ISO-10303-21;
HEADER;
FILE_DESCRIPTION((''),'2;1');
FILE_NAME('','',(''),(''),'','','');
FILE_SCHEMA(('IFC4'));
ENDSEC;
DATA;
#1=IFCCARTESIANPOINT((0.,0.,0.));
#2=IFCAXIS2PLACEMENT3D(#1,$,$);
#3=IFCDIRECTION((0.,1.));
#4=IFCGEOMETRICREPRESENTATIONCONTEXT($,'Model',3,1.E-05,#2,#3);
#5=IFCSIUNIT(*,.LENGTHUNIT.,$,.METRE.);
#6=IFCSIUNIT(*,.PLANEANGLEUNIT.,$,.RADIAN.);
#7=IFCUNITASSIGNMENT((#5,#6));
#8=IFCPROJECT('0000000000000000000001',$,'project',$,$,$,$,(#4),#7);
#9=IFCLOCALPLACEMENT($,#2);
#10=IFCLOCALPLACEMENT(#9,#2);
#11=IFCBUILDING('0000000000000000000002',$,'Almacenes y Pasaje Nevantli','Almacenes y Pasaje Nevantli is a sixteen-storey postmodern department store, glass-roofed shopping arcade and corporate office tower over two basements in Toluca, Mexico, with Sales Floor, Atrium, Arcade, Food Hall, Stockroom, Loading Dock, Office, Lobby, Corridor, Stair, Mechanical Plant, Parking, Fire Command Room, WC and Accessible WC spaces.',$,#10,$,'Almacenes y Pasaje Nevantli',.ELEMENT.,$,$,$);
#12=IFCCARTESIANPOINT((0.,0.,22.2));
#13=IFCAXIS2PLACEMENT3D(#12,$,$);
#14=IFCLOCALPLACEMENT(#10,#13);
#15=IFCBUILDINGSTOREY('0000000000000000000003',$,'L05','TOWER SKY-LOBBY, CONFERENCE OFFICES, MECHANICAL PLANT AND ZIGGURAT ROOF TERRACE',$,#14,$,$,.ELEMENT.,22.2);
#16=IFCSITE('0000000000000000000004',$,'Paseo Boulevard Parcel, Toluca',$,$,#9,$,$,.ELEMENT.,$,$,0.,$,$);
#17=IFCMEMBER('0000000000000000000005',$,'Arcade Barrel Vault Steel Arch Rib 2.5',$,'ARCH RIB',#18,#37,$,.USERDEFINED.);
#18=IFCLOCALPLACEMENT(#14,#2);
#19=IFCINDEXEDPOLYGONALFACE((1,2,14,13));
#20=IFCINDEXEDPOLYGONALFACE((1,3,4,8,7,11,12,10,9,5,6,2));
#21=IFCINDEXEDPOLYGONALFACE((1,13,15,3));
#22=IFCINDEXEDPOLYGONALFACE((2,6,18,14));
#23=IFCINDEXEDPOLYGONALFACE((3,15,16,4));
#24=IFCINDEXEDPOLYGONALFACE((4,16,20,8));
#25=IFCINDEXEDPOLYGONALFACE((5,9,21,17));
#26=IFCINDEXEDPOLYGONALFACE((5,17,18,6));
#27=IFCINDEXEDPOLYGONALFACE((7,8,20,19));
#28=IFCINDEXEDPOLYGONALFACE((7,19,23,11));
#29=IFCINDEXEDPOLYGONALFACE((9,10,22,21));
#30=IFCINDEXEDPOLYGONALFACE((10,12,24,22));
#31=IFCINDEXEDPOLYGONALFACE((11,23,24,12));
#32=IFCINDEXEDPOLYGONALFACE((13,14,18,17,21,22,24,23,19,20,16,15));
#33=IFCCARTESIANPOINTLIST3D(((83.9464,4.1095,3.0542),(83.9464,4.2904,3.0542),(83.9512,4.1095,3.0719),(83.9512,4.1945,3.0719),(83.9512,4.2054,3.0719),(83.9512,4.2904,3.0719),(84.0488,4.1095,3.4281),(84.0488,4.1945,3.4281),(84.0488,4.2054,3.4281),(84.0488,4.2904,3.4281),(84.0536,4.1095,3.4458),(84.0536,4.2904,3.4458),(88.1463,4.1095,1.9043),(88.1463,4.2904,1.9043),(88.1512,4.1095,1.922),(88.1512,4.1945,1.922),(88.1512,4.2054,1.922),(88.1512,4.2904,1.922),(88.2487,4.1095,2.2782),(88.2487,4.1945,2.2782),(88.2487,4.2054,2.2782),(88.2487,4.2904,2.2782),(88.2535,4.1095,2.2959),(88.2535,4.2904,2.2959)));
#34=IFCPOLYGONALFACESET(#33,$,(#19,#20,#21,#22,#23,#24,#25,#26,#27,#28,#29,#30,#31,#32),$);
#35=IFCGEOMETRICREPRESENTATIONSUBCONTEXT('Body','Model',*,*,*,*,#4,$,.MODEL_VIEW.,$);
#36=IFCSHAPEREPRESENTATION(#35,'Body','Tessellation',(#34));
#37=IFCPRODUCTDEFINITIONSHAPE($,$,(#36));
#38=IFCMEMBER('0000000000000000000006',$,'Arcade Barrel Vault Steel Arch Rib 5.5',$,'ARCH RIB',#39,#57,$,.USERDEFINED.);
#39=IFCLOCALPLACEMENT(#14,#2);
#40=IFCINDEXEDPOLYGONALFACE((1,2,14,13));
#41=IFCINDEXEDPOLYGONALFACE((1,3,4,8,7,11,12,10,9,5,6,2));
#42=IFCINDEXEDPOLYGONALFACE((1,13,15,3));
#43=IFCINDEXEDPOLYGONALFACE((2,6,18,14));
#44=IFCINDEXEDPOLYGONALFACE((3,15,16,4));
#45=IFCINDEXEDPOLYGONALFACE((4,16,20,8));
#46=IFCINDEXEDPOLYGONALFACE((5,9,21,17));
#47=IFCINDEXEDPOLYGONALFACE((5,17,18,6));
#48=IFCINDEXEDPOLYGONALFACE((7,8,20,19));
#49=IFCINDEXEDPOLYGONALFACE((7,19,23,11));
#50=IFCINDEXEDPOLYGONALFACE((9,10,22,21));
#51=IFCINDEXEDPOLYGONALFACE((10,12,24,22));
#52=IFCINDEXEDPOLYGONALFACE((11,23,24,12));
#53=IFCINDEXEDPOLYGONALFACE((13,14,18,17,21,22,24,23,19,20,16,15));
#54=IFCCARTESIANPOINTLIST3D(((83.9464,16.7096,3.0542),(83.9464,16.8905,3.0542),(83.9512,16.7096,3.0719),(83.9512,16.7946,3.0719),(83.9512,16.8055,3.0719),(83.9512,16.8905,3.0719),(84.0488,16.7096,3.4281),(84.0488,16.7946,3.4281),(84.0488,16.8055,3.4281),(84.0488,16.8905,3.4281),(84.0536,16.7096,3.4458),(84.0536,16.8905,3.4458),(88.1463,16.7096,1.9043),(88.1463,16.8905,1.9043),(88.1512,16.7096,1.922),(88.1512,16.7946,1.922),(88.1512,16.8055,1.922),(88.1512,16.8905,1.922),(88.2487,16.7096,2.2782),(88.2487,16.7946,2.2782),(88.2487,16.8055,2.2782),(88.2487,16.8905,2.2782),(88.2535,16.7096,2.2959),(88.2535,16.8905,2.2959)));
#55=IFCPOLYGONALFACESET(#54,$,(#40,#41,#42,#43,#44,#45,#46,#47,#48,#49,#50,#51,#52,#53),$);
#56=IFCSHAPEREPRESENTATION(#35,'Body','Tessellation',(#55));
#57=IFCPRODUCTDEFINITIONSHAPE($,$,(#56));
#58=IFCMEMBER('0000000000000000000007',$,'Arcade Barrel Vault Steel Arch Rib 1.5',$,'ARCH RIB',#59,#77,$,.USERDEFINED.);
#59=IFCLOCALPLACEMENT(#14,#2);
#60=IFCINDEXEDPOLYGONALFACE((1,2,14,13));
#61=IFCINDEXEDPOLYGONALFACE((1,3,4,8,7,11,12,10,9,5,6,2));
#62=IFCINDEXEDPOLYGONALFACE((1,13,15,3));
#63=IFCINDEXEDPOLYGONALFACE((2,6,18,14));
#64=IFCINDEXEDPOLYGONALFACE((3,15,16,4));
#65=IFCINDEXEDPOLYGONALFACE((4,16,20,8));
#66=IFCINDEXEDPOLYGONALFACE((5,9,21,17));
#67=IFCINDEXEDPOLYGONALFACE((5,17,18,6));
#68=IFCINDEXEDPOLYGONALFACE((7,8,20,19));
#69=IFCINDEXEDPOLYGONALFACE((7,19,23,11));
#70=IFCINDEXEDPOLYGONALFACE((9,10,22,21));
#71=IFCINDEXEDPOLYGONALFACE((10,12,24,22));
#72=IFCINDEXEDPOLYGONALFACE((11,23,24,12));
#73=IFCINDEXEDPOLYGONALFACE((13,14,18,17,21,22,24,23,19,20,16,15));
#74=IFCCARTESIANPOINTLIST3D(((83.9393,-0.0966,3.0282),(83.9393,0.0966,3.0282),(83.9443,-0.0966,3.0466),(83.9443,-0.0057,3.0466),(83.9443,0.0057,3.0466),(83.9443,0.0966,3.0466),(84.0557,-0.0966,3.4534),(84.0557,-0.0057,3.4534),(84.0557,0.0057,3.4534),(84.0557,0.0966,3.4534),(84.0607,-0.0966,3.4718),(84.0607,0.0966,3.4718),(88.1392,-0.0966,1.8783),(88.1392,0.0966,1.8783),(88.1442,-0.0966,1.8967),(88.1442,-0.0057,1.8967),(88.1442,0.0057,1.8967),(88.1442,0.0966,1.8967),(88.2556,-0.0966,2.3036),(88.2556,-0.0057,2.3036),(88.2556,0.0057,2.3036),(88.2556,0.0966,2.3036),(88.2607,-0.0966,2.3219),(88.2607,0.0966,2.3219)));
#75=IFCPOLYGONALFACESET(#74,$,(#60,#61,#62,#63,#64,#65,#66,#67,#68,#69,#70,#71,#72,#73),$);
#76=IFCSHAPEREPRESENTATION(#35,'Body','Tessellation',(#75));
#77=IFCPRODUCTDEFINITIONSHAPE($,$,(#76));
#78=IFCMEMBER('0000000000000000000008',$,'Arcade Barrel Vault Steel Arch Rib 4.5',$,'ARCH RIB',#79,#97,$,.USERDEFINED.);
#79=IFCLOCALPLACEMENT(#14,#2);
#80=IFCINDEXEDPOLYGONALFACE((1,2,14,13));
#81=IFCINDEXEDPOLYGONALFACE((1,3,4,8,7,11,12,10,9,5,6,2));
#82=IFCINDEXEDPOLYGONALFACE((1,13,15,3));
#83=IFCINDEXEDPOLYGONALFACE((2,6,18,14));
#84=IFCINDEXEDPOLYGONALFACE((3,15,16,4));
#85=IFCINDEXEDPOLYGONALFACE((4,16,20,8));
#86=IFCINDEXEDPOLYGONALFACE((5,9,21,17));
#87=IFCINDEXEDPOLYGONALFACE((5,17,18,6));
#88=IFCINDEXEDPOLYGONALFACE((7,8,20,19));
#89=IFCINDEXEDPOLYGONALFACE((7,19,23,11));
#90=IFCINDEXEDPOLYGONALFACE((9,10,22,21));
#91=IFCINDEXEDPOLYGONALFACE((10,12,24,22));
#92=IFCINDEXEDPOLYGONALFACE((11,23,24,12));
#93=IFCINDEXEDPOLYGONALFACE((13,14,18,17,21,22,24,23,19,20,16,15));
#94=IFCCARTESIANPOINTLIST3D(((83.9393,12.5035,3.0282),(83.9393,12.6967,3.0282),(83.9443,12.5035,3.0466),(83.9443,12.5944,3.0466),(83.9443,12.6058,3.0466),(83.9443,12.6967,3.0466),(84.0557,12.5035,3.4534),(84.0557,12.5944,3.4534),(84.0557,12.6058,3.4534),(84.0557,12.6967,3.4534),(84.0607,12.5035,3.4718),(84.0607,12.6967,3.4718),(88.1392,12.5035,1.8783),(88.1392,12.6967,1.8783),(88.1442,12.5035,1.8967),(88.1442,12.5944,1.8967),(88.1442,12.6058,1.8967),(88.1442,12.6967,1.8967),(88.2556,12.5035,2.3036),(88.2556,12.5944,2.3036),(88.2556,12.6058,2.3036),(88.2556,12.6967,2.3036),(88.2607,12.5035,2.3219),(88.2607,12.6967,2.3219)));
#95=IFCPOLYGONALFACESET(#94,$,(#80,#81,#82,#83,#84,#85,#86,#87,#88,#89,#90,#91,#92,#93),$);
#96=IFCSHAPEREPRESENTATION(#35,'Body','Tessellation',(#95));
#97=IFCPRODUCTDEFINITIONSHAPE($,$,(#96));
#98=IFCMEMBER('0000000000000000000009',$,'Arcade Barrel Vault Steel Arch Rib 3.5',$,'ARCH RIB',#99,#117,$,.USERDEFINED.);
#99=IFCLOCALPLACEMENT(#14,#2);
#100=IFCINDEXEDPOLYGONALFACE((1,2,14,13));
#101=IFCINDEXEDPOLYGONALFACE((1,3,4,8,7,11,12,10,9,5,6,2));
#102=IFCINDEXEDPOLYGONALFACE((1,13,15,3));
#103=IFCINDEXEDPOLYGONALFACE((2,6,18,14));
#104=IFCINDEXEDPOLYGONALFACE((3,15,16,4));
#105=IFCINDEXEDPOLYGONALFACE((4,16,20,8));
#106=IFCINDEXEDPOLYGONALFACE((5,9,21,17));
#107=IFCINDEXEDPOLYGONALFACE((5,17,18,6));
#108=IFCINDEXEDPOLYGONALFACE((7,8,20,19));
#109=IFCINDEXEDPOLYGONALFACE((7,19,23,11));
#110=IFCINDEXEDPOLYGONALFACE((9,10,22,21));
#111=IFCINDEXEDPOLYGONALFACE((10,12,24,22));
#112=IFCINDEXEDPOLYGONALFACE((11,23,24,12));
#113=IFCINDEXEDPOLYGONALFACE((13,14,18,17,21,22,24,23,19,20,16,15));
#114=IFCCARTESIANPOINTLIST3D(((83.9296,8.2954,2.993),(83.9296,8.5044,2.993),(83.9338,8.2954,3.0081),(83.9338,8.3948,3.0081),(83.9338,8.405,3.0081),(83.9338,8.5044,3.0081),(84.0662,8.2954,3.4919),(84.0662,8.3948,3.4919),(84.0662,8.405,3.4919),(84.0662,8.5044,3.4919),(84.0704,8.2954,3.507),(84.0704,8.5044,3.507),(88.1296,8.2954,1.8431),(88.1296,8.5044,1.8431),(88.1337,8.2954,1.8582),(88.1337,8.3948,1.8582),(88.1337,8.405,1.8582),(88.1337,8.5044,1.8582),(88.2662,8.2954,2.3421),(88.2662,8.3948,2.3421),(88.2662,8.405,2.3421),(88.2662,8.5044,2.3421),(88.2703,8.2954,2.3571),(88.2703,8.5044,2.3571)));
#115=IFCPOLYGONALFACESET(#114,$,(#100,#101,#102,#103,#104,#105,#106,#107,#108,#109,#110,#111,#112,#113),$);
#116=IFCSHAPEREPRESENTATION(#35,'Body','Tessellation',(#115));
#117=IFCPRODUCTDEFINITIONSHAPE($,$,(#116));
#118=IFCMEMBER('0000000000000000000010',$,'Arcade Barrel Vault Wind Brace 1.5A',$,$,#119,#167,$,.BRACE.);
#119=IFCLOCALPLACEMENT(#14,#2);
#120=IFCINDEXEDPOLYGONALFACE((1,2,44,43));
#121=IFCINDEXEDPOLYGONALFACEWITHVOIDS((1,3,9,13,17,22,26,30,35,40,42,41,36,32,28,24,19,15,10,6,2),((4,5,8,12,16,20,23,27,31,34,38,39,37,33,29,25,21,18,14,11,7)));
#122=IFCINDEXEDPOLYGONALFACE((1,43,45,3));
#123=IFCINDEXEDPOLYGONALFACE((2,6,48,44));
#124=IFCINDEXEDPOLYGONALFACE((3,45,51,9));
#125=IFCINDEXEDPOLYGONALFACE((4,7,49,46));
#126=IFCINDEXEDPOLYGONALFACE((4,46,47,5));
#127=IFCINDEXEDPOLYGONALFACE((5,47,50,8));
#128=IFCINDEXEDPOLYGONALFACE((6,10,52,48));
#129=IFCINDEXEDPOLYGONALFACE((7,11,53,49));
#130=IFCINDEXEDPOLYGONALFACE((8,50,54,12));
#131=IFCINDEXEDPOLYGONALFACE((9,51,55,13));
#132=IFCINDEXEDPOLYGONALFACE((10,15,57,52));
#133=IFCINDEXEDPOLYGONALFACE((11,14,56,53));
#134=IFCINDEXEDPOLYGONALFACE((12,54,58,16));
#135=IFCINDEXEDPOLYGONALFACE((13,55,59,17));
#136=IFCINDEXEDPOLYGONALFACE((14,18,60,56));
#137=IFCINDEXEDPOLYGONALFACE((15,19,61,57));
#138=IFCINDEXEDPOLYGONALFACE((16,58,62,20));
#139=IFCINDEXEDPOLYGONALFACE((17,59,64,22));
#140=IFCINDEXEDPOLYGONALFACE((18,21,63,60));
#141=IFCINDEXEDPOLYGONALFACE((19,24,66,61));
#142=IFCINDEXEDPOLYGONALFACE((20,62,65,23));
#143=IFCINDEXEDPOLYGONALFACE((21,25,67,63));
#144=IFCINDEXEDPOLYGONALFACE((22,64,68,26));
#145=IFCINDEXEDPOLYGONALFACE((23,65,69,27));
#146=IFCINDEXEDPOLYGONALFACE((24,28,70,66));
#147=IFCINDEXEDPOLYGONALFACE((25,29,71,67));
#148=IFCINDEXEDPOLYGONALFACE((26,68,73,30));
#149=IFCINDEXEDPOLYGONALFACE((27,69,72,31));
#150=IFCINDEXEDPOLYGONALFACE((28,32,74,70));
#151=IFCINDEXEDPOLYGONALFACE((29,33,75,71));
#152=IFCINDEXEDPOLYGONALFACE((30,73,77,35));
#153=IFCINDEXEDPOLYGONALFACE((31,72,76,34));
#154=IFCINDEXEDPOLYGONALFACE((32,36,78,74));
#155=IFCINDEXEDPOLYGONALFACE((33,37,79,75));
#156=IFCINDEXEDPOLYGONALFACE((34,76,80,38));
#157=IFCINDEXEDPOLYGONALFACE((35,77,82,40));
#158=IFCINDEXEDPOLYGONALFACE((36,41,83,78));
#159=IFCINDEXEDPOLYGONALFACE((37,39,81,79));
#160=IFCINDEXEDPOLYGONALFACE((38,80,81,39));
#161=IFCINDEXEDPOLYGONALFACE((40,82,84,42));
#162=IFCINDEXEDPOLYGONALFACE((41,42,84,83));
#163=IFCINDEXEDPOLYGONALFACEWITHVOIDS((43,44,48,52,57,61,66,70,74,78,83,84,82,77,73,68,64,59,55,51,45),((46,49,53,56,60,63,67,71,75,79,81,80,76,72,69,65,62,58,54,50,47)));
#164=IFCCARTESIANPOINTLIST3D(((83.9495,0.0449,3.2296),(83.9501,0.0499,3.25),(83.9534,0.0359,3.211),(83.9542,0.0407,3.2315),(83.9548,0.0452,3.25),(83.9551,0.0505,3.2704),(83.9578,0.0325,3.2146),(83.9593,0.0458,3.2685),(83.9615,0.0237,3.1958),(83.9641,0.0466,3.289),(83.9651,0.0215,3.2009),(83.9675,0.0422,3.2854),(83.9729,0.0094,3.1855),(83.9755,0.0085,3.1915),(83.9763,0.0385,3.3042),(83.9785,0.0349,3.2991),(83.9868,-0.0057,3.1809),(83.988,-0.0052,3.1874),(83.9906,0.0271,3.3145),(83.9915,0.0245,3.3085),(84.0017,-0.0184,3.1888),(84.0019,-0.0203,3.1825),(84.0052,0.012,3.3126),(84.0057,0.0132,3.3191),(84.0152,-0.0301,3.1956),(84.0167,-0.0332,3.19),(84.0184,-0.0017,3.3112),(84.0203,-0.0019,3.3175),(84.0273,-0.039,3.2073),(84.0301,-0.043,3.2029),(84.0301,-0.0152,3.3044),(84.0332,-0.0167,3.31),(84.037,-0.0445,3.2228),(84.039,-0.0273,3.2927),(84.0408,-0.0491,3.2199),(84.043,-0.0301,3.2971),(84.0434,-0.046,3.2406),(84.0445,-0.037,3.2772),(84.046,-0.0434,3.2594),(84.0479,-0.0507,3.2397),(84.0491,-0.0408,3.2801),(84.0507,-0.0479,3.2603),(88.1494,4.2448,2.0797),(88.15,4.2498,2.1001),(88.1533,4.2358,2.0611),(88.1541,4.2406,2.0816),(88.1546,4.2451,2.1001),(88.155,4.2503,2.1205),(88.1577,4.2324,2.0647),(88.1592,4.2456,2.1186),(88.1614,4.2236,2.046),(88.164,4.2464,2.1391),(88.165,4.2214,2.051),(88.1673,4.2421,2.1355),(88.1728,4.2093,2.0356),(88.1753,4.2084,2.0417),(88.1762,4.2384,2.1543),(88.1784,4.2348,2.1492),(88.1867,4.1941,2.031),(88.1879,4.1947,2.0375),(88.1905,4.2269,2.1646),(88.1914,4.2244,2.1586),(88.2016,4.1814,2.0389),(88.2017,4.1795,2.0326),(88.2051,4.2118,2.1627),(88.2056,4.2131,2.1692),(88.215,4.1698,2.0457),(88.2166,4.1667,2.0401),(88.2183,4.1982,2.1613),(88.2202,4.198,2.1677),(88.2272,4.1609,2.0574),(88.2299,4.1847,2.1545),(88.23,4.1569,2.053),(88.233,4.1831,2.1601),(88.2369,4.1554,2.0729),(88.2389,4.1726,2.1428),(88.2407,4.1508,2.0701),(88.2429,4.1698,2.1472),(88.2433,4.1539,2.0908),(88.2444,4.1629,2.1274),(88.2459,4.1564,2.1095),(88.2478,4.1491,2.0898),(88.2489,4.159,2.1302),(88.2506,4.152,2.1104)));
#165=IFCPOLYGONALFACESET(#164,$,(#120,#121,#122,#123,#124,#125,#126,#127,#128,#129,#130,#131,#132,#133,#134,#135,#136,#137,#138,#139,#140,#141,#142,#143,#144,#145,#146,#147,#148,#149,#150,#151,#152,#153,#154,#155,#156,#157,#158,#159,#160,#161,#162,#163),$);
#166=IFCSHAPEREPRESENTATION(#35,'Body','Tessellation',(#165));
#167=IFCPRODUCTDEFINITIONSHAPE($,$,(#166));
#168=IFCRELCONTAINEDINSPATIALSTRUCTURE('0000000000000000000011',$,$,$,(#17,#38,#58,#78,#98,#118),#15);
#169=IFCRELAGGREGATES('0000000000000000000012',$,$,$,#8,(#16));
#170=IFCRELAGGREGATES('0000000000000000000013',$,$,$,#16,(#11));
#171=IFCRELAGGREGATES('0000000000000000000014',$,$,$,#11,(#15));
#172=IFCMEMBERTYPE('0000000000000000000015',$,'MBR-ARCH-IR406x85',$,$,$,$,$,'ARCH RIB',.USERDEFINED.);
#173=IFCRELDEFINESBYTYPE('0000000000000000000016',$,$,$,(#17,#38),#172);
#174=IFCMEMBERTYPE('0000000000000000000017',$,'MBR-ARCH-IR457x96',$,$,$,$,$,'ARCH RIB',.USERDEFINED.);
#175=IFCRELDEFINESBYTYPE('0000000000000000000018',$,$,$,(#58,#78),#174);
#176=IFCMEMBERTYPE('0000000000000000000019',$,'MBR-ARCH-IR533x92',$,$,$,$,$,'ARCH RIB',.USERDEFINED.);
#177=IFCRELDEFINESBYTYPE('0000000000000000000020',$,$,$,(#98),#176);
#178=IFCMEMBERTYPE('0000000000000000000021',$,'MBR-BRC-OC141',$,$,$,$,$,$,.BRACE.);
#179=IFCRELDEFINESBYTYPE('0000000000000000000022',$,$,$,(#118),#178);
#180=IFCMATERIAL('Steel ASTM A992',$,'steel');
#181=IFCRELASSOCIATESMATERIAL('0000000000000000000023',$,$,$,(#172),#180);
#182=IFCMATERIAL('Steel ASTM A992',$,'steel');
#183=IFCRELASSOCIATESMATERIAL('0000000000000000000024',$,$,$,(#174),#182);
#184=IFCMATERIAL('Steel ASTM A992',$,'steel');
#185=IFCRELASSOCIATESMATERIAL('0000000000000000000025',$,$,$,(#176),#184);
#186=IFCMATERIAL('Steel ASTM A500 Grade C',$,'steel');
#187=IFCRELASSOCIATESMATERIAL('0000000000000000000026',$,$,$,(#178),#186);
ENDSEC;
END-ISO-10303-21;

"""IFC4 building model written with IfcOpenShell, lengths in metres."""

from ifc_helpers import new_model, si_unit, direction, frame, origin, origin_2d, place, context, subcontext, project, spatial, hollow_circle, i_section, extrude, material, material_profile, profile_set, type_object, element, save


model = new_model("IFC4")

# Units and contexts
model_context = context("Model", 3, precision=1e-05, world=origin(), true_north=direction((0.0, 1.0)))
body_context = subcontext(model_context, "Body", "Model", "MODEL_VIEW")
ifc_project = project(units=[si_unit("LENGTHUNIT", "METRE"), si_unit("PLANEANGLEUNIT", "RADIAN")], contexts=[model_context])

# Site, building, storey
site_placement = place(None, origin())
site = spatial("IfcSite", under=ifc_project, at=site_placement, Name="Paseo Boulevard Parcel, Toluca", CompositionType="ELEMENT", RefElevation=0.0)
building_placement = place(site_placement, origin())
building = spatial("IfcBuilding", under=site, at=building_placement, Name="Almacenes y Pasaje Nevantli", Description="Almacenes y Pasaje Nevantli is a sixteen-storey postmodern department store, glass-roofed shopping arcade and corporate office tower over two basements in Toluca, Mexico, with Sales Floor, Atrium, Arcade, Food Hall, Stockroom, Loading Dock, Office, Lobby, Corridor, Stair, Mechanical Plant, Parking, Fire Command Room, WC and Accessible WC spaces.", LongName="Almacenes y Pasaje Nevantli", CompositionType="ELEMENT")
storey_placement = place(building_placement, frame((0.0, 0.0, 22.2)))
storey = spatial("IfcBuildingStorey", under=building, at=storey_placement, Name="L05", Description="TOWER SKY-LOBBY, CONFERENCE OFFICES, MECHANICAL PLANT AND ZIGGURAT ROOF TERRACE", CompositionType="ELEMENT", Elevation=22.2)

# Members
ifc_material_1 = material(Name="Steel ASTM A992", Category="steel")
ifc_material_profile_1 = material_profile(ifc_material_1, i_section(OverallWidth=0.1809, OverallDepth=0.406, WebThickness=0.011, FlangeThickness=0.0183, at=origin_2d()), Name="IR 406x85.0")
ifc_profile_set_1 = profile_set([ifc_material_profile_1], Name="Steel ASTM A992")
member_type_1 = type_object("IfcMemberType", Name="MBR-ARCH-IR406x85", ElementType="ARCH RIB", PredefinedType="USERDEFINED", material=ifc_profile_set_1)
for number, where, z_axis, x_axis, name in (
    (1, (84.0, 4.2, 3.25), (0.964503, 0.0, -0.264071), (0.0, 1.0, 0.0), "Arcade Barrel Vault Steel Arch Rib 2.5"),
    (2, (84.0, 16.8, 3.25), (0.964503, 0.0, -0.264071), (0.0, 1.0, 0.0), "Arcade Barrel Vault Steel Arch Rib 5.5"),
):
    element("IfcMember", number, at=place(storey_placement, frame(where, z_axis=z_axis, x_axis=x_axis)), inside=storey, type_object=member_type_1, Name=name, ObjectType="ARCH RIB", PredefinedType="USERDEFINED", context=body_context, shape_type="SweptSolid", body=[
        extrude(i_section(OverallWidth=0.1809, OverallDepth=0.406, WebThickness=0.011, FlangeThickness=0.0183, at=origin_2d()), origin(), (0.0, 0.0, 1.0), 4.3545),
    ])
ifc_material_2 = material(Name="Steel ASTM A992", Category="steel")
ifc_material_profile_2 = material_profile(ifc_material_2, i_section(OverallWidth=0.1931, OverallDepth=0.46, WebThickness=0.0115, FlangeThickness=0.019, at=origin_2d()), Name="IR 457x96.7")
ifc_profile_set_2 = profile_set([ifc_material_profile_2], Name="Steel ASTM A992")
member_type_2 = type_object("IfcMemberType", Name="MBR-ARCH-IR457x96", ElementType="ARCH RIB", PredefinedType="USERDEFINED", material=ifc_profile_set_2)
for number, where, z_axis, x_axis, name in (
    (3, (84.0, 0.0, 3.25), (0.964503, 0.0, -0.264071), (0.0, 1.0, 0.0), "Arcade Barrel Vault Steel Arch Rib 1.5"),
    (4, (84.0, 12.6001, 3.25), (0.964503, 0.0, -0.264071), (0.0, 1.0, 0.0), "Arcade Barrel Vault Steel Arch Rib 4.5"),
):
    element("IfcMember", number, at=place(storey_placement, frame(where, z_axis=z_axis, x_axis=x_axis)), inside=storey, type_object=member_type_2, Name=name, ObjectType="ARCH RIB", PredefinedType="USERDEFINED", context=body_context, shape_type="SweptSolid", body=[
        extrude(i_section(OverallWidth=0.1931, OverallDepth=0.46, WebThickness=0.0115, FlangeThickness=0.019, at=origin_2d()), origin(), (0.0, 0.0, 1.0), 4.3545),
    ])
ifc_material_3 = material(Name="Steel ASTM A992", Category="steel")
ifc_material_profile_3 = material_profile(ifc_material_3, i_section(OverallWidth=0.209, OverallDepth=0.533, WebThickness=0.0103, FlangeThickness=0.0156, at=origin_2d()), Name="IR 533x92.5")
ifc_profile_set_3 = profile_set([ifc_material_profile_3], Name="Steel ASTM A992")
member_type_3 = type_object("IfcMemberType", Name="MBR-ARCH-IR533x92", ElementType="ARCH RIB", PredefinedType="USERDEFINED", material=ifc_profile_set_3)
member_1_placement = place(storey_placement, frame((84.0, 8.3999, 3.25), z_axis=(0.964503, 0.0, -0.264071), x_axis=(0.0, 1.0, 0.0)))
element("IfcMember", 5, at=member_1_placement, inside=storey, type_object=member_type_3, Name="Arcade Barrel Vault Steel Arch Rib 3.5", ObjectType="ARCH RIB", PredefinedType="USERDEFINED", context=body_context, shape_type="SweptSolid", body=[
    extrude(i_section(OverallWidth=0.209, OverallDepth=0.533, WebThickness=0.0103, FlangeThickness=0.0156, at=origin_2d()), origin(), (0.0, 0.0, 1.0), 4.3545),
])
ifc_material_4 = material(Name="Steel ASTM A500 Grade C", Category="steel")
ifc_material_profile_4 = material_profile(ifc_material_4, hollow_circle(Radius=0.0706, WallThickness=0.0066, at=origin_2d()), Name="OC 141x6.6")
ifc_profile_set_4 = profile_set([ifc_material_profile_4], Name="Steel ASTM A500 Grade C")
member_type_4 = type_object("IfcMemberType", Name="MBR-BRC-OC141", PredefinedType="BRACE", material=ifc_profile_set_4)
member_2_placement = place(storey_placement, frame((84.0, 0.0, 3.25), z_axis=(0.694217, 0.694217, -0.190069), x_axis=(-0.707107, 0.707107, 0.0)))
element("IfcMember", 6, at=member_2_placement, inside=storey, type_object=member_type_4, Name="Arcade Barrel Vault Wind Brace 1.5A", PredefinedType="BRACE", context=body_context, shape_type="SweptSolid", body=[
    extrude(hollow_circle(Radius=0.0706, WallThickness=0.0066, at=origin_2d()), origin(), (0.0, 0.0, 1.0), 6.0498),
])

save(model, "model.ifc")
